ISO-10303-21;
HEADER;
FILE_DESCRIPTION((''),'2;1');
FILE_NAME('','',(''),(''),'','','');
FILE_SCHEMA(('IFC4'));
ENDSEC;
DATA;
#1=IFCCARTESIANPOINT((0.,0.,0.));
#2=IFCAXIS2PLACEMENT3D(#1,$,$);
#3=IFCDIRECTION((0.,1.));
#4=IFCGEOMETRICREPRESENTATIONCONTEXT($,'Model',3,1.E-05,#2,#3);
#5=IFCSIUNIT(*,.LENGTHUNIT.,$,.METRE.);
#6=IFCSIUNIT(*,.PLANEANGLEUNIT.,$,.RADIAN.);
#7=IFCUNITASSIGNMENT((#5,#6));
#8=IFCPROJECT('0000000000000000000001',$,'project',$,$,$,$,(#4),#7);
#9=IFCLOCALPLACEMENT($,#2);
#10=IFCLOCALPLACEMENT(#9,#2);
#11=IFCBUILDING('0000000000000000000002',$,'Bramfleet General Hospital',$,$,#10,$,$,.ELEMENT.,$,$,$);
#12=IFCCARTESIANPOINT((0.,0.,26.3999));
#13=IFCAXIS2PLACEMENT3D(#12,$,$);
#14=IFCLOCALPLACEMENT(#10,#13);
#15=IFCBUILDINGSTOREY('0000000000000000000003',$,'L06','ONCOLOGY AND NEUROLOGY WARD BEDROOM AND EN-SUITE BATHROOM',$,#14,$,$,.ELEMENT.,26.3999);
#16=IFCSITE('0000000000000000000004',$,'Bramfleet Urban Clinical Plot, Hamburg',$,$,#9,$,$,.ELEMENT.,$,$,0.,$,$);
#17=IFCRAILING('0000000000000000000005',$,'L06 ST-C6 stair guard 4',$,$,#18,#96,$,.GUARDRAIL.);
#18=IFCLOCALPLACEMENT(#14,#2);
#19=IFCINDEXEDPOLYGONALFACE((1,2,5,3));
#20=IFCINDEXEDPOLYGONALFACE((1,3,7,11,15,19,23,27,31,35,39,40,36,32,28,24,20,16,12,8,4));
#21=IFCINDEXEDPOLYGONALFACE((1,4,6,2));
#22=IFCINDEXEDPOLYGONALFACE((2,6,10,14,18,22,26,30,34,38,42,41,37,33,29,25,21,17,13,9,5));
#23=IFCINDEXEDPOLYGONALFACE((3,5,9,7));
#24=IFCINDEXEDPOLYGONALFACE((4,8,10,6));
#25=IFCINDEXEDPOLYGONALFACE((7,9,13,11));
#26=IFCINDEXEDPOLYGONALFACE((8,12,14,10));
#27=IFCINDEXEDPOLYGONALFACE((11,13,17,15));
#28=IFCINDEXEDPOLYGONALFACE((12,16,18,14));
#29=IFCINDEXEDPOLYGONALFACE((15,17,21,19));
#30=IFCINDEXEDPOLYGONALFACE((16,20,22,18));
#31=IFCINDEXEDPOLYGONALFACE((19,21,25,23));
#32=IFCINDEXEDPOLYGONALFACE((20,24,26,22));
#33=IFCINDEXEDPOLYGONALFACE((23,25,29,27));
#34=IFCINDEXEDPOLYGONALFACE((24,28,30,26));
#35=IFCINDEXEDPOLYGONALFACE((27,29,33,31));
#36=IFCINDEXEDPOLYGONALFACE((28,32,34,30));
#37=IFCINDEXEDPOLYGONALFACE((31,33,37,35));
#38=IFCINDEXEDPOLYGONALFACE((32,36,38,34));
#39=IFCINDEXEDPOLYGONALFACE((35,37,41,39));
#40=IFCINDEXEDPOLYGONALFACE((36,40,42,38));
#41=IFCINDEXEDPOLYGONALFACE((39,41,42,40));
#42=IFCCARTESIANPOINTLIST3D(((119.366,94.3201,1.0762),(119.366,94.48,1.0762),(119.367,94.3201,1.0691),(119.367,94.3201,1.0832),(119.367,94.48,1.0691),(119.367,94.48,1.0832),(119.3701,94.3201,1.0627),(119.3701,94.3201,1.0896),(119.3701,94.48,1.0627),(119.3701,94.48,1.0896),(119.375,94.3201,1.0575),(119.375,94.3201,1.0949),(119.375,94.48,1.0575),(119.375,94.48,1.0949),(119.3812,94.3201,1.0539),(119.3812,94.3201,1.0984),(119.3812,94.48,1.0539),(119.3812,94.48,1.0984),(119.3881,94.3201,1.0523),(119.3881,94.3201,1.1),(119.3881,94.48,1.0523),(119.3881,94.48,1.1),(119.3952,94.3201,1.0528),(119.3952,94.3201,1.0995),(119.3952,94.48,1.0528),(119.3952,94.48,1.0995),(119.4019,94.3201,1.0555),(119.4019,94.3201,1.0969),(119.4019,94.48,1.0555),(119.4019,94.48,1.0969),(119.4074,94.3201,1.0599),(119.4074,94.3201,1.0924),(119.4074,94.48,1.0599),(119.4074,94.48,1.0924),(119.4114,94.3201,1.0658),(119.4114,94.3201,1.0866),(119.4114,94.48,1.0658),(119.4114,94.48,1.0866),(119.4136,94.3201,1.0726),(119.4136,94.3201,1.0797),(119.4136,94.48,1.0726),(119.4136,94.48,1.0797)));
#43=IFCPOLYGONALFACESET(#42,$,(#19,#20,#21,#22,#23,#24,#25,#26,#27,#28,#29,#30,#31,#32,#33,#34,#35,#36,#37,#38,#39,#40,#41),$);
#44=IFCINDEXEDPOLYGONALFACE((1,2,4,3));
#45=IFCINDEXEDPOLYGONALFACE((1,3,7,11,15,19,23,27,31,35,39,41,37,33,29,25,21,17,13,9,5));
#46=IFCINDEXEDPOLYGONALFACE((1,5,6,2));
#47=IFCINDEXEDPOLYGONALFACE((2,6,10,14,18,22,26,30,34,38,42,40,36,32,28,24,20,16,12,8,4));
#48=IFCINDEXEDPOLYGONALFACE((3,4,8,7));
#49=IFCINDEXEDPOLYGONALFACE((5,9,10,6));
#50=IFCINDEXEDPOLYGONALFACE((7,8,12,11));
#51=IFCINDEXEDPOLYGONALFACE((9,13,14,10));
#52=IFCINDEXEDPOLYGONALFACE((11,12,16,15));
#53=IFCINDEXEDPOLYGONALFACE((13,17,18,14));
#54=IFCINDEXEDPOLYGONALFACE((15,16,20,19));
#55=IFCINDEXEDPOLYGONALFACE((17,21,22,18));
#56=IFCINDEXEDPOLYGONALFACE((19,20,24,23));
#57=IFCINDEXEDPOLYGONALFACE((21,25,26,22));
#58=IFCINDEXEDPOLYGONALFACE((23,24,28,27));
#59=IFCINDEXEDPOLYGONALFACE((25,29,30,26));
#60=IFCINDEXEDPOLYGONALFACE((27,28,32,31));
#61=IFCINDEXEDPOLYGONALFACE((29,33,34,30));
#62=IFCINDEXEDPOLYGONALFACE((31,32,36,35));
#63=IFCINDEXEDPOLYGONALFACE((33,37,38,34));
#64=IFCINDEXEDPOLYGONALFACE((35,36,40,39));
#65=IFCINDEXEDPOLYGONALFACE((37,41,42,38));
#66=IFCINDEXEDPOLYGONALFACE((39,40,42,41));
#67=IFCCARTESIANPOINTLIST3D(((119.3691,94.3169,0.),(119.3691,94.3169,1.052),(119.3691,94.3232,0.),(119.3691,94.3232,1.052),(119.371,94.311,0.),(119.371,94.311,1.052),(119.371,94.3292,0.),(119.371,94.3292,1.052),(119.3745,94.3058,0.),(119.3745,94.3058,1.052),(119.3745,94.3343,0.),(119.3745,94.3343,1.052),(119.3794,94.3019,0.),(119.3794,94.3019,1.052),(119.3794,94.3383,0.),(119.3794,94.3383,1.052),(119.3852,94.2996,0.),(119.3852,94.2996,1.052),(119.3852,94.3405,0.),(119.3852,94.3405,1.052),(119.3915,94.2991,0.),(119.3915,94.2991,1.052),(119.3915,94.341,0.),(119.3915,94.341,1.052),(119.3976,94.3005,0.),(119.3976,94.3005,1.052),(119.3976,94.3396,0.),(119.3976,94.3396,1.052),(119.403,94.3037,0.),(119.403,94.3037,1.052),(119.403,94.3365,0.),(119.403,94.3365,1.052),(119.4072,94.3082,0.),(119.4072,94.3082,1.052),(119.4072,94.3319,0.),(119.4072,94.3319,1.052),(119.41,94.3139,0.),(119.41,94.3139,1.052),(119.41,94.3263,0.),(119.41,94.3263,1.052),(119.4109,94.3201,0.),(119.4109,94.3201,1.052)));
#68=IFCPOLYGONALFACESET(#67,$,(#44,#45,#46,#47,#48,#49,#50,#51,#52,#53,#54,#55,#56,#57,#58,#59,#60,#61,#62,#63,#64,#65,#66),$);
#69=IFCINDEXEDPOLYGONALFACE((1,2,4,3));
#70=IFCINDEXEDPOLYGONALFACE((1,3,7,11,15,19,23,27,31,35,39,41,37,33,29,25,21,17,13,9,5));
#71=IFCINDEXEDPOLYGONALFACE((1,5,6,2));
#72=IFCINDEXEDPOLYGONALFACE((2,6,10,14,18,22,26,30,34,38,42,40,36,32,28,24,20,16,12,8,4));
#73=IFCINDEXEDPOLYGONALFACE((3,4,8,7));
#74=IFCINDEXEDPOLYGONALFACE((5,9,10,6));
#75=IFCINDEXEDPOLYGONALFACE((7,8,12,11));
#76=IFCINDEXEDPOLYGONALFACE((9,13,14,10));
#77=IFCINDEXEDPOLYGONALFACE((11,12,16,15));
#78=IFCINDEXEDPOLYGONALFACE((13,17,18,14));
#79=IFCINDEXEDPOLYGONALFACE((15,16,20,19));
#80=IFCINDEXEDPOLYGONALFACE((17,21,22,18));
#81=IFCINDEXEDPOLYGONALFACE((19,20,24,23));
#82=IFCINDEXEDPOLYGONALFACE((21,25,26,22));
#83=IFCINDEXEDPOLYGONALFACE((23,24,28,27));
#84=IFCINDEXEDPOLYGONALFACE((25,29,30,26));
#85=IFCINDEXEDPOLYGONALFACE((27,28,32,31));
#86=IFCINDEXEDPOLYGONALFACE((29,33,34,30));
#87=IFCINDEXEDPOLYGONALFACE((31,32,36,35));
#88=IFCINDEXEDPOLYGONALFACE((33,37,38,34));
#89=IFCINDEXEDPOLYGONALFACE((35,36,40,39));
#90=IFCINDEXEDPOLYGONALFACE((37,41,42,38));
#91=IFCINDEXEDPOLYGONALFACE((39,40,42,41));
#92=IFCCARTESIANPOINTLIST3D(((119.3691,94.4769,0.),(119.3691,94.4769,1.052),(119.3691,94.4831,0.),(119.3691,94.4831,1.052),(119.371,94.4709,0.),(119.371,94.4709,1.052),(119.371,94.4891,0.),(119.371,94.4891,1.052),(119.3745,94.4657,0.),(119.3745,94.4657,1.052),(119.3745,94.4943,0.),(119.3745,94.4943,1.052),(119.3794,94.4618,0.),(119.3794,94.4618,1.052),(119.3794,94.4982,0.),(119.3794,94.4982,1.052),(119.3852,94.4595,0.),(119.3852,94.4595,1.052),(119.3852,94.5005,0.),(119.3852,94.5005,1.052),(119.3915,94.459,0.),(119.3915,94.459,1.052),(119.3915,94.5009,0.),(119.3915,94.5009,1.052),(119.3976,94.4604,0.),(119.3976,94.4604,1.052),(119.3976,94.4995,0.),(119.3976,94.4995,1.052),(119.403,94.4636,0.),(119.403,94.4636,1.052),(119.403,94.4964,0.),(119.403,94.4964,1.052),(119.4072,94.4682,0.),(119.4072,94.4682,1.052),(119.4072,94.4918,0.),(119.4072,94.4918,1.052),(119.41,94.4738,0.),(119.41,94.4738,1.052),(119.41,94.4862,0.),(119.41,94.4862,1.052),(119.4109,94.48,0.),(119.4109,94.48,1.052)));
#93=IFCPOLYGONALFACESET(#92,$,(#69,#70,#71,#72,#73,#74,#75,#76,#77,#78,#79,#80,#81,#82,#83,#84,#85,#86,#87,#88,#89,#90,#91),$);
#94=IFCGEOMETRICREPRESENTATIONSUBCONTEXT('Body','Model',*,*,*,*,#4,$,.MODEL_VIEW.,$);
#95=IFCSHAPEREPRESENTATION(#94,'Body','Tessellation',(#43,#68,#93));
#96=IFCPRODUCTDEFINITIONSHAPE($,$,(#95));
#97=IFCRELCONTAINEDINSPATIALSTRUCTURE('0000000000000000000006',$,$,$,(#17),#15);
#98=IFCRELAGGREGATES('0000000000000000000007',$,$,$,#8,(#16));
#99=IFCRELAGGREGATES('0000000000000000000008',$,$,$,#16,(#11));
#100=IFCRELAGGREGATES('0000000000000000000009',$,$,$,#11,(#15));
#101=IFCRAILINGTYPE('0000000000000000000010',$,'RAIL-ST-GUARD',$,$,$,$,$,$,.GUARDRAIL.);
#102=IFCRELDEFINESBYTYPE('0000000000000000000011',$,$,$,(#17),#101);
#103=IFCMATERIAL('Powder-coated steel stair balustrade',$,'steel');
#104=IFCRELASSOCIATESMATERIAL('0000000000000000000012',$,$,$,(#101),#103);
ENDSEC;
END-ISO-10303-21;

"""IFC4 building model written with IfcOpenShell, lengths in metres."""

from ifc_helpers import new_model, si_unit, direction, frame, origin, origin_2d, place, context, subcontext, project, spatial, circle, extrude, material, type_object, element, save


model = new_model("IFC4")

# Units and contexts
model_context = context("Model", 3, precision=1e-05, world=origin(), true_north=direction((0.0, 1.0)))
body_context = subcontext(model_context, "Body", "Model", "MODEL_VIEW")
ifc_project = project(units=[si_unit("LENGTHUNIT", "METRE"), si_unit("PLANEANGLEUNIT", "RADIAN")], contexts=[model_context])

# Site, building, storey
site_placement = place(None, origin())
site = spatial("IfcSite", under=ifc_project, at=site_placement, Name="Bramfleet Urban Clinical Plot, Hamburg", CompositionType="ELEMENT", RefElevation=0.0)
building_placement = place(site_placement, origin())
building = spatial("IfcBuilding", under=site, at=building_placement, Name="Bramfleet General Hospital", CompositionType="ELEMENT")
storey_placement = place(building_placement, frame((0.0, 0.0, 26.3999)))
storey = spatial("IfcBuildingStorey", under=building, at=storey_placement, Name="L06", Description="ONCOLOGY AND NEUROLOGY WARD BEDROOM AND EN-SUITE BATHROOM", CompositionType="ELEMENT", Elevation=26.3999)

# Railing
ifc_material_1 = material(Name="Powder-coated steel stair balustrade", Category="steel")
railing_type_1 = type_object("IfcRailingType", Name="RAIL-ST-GUARD", PredefinedType="GUARDRAIL", material=ifc_material_1)
railing_1_placement = place(storey_placement, frame((119.3899, 94.3201, 0.0)))
element("IfcRailing", 1, at=railing_1_placement, inside=storey, type_object=railing_type_1, Name="L06 ST-C6 stair guard 4", PredefinedType="GUARDRAIL", context=body_context, shape_type="SweptSolid", body=[
    extrude(circle(Radius=0.0239, at=origin_2d()), frame((0.0, 0.0, 1.0762), z_axis=(0.0, 1.0, 0.0), x_axis=(-1.0, 0.0, 0.0)), (0.0, 0.0, 1.0), 0.1599),
    extrude(circle(Radius=0.021, at=origin_2d()), origin(), (0.0, 0.0, 1.0), 1.052),
    extrude(circle(Radius=0.021, at=origin_2d()), frame((0.0, 0.1599, 0.0)), (0.0, 0.0, 1.0), 1.052),
])

save(model, "model.ifc")
